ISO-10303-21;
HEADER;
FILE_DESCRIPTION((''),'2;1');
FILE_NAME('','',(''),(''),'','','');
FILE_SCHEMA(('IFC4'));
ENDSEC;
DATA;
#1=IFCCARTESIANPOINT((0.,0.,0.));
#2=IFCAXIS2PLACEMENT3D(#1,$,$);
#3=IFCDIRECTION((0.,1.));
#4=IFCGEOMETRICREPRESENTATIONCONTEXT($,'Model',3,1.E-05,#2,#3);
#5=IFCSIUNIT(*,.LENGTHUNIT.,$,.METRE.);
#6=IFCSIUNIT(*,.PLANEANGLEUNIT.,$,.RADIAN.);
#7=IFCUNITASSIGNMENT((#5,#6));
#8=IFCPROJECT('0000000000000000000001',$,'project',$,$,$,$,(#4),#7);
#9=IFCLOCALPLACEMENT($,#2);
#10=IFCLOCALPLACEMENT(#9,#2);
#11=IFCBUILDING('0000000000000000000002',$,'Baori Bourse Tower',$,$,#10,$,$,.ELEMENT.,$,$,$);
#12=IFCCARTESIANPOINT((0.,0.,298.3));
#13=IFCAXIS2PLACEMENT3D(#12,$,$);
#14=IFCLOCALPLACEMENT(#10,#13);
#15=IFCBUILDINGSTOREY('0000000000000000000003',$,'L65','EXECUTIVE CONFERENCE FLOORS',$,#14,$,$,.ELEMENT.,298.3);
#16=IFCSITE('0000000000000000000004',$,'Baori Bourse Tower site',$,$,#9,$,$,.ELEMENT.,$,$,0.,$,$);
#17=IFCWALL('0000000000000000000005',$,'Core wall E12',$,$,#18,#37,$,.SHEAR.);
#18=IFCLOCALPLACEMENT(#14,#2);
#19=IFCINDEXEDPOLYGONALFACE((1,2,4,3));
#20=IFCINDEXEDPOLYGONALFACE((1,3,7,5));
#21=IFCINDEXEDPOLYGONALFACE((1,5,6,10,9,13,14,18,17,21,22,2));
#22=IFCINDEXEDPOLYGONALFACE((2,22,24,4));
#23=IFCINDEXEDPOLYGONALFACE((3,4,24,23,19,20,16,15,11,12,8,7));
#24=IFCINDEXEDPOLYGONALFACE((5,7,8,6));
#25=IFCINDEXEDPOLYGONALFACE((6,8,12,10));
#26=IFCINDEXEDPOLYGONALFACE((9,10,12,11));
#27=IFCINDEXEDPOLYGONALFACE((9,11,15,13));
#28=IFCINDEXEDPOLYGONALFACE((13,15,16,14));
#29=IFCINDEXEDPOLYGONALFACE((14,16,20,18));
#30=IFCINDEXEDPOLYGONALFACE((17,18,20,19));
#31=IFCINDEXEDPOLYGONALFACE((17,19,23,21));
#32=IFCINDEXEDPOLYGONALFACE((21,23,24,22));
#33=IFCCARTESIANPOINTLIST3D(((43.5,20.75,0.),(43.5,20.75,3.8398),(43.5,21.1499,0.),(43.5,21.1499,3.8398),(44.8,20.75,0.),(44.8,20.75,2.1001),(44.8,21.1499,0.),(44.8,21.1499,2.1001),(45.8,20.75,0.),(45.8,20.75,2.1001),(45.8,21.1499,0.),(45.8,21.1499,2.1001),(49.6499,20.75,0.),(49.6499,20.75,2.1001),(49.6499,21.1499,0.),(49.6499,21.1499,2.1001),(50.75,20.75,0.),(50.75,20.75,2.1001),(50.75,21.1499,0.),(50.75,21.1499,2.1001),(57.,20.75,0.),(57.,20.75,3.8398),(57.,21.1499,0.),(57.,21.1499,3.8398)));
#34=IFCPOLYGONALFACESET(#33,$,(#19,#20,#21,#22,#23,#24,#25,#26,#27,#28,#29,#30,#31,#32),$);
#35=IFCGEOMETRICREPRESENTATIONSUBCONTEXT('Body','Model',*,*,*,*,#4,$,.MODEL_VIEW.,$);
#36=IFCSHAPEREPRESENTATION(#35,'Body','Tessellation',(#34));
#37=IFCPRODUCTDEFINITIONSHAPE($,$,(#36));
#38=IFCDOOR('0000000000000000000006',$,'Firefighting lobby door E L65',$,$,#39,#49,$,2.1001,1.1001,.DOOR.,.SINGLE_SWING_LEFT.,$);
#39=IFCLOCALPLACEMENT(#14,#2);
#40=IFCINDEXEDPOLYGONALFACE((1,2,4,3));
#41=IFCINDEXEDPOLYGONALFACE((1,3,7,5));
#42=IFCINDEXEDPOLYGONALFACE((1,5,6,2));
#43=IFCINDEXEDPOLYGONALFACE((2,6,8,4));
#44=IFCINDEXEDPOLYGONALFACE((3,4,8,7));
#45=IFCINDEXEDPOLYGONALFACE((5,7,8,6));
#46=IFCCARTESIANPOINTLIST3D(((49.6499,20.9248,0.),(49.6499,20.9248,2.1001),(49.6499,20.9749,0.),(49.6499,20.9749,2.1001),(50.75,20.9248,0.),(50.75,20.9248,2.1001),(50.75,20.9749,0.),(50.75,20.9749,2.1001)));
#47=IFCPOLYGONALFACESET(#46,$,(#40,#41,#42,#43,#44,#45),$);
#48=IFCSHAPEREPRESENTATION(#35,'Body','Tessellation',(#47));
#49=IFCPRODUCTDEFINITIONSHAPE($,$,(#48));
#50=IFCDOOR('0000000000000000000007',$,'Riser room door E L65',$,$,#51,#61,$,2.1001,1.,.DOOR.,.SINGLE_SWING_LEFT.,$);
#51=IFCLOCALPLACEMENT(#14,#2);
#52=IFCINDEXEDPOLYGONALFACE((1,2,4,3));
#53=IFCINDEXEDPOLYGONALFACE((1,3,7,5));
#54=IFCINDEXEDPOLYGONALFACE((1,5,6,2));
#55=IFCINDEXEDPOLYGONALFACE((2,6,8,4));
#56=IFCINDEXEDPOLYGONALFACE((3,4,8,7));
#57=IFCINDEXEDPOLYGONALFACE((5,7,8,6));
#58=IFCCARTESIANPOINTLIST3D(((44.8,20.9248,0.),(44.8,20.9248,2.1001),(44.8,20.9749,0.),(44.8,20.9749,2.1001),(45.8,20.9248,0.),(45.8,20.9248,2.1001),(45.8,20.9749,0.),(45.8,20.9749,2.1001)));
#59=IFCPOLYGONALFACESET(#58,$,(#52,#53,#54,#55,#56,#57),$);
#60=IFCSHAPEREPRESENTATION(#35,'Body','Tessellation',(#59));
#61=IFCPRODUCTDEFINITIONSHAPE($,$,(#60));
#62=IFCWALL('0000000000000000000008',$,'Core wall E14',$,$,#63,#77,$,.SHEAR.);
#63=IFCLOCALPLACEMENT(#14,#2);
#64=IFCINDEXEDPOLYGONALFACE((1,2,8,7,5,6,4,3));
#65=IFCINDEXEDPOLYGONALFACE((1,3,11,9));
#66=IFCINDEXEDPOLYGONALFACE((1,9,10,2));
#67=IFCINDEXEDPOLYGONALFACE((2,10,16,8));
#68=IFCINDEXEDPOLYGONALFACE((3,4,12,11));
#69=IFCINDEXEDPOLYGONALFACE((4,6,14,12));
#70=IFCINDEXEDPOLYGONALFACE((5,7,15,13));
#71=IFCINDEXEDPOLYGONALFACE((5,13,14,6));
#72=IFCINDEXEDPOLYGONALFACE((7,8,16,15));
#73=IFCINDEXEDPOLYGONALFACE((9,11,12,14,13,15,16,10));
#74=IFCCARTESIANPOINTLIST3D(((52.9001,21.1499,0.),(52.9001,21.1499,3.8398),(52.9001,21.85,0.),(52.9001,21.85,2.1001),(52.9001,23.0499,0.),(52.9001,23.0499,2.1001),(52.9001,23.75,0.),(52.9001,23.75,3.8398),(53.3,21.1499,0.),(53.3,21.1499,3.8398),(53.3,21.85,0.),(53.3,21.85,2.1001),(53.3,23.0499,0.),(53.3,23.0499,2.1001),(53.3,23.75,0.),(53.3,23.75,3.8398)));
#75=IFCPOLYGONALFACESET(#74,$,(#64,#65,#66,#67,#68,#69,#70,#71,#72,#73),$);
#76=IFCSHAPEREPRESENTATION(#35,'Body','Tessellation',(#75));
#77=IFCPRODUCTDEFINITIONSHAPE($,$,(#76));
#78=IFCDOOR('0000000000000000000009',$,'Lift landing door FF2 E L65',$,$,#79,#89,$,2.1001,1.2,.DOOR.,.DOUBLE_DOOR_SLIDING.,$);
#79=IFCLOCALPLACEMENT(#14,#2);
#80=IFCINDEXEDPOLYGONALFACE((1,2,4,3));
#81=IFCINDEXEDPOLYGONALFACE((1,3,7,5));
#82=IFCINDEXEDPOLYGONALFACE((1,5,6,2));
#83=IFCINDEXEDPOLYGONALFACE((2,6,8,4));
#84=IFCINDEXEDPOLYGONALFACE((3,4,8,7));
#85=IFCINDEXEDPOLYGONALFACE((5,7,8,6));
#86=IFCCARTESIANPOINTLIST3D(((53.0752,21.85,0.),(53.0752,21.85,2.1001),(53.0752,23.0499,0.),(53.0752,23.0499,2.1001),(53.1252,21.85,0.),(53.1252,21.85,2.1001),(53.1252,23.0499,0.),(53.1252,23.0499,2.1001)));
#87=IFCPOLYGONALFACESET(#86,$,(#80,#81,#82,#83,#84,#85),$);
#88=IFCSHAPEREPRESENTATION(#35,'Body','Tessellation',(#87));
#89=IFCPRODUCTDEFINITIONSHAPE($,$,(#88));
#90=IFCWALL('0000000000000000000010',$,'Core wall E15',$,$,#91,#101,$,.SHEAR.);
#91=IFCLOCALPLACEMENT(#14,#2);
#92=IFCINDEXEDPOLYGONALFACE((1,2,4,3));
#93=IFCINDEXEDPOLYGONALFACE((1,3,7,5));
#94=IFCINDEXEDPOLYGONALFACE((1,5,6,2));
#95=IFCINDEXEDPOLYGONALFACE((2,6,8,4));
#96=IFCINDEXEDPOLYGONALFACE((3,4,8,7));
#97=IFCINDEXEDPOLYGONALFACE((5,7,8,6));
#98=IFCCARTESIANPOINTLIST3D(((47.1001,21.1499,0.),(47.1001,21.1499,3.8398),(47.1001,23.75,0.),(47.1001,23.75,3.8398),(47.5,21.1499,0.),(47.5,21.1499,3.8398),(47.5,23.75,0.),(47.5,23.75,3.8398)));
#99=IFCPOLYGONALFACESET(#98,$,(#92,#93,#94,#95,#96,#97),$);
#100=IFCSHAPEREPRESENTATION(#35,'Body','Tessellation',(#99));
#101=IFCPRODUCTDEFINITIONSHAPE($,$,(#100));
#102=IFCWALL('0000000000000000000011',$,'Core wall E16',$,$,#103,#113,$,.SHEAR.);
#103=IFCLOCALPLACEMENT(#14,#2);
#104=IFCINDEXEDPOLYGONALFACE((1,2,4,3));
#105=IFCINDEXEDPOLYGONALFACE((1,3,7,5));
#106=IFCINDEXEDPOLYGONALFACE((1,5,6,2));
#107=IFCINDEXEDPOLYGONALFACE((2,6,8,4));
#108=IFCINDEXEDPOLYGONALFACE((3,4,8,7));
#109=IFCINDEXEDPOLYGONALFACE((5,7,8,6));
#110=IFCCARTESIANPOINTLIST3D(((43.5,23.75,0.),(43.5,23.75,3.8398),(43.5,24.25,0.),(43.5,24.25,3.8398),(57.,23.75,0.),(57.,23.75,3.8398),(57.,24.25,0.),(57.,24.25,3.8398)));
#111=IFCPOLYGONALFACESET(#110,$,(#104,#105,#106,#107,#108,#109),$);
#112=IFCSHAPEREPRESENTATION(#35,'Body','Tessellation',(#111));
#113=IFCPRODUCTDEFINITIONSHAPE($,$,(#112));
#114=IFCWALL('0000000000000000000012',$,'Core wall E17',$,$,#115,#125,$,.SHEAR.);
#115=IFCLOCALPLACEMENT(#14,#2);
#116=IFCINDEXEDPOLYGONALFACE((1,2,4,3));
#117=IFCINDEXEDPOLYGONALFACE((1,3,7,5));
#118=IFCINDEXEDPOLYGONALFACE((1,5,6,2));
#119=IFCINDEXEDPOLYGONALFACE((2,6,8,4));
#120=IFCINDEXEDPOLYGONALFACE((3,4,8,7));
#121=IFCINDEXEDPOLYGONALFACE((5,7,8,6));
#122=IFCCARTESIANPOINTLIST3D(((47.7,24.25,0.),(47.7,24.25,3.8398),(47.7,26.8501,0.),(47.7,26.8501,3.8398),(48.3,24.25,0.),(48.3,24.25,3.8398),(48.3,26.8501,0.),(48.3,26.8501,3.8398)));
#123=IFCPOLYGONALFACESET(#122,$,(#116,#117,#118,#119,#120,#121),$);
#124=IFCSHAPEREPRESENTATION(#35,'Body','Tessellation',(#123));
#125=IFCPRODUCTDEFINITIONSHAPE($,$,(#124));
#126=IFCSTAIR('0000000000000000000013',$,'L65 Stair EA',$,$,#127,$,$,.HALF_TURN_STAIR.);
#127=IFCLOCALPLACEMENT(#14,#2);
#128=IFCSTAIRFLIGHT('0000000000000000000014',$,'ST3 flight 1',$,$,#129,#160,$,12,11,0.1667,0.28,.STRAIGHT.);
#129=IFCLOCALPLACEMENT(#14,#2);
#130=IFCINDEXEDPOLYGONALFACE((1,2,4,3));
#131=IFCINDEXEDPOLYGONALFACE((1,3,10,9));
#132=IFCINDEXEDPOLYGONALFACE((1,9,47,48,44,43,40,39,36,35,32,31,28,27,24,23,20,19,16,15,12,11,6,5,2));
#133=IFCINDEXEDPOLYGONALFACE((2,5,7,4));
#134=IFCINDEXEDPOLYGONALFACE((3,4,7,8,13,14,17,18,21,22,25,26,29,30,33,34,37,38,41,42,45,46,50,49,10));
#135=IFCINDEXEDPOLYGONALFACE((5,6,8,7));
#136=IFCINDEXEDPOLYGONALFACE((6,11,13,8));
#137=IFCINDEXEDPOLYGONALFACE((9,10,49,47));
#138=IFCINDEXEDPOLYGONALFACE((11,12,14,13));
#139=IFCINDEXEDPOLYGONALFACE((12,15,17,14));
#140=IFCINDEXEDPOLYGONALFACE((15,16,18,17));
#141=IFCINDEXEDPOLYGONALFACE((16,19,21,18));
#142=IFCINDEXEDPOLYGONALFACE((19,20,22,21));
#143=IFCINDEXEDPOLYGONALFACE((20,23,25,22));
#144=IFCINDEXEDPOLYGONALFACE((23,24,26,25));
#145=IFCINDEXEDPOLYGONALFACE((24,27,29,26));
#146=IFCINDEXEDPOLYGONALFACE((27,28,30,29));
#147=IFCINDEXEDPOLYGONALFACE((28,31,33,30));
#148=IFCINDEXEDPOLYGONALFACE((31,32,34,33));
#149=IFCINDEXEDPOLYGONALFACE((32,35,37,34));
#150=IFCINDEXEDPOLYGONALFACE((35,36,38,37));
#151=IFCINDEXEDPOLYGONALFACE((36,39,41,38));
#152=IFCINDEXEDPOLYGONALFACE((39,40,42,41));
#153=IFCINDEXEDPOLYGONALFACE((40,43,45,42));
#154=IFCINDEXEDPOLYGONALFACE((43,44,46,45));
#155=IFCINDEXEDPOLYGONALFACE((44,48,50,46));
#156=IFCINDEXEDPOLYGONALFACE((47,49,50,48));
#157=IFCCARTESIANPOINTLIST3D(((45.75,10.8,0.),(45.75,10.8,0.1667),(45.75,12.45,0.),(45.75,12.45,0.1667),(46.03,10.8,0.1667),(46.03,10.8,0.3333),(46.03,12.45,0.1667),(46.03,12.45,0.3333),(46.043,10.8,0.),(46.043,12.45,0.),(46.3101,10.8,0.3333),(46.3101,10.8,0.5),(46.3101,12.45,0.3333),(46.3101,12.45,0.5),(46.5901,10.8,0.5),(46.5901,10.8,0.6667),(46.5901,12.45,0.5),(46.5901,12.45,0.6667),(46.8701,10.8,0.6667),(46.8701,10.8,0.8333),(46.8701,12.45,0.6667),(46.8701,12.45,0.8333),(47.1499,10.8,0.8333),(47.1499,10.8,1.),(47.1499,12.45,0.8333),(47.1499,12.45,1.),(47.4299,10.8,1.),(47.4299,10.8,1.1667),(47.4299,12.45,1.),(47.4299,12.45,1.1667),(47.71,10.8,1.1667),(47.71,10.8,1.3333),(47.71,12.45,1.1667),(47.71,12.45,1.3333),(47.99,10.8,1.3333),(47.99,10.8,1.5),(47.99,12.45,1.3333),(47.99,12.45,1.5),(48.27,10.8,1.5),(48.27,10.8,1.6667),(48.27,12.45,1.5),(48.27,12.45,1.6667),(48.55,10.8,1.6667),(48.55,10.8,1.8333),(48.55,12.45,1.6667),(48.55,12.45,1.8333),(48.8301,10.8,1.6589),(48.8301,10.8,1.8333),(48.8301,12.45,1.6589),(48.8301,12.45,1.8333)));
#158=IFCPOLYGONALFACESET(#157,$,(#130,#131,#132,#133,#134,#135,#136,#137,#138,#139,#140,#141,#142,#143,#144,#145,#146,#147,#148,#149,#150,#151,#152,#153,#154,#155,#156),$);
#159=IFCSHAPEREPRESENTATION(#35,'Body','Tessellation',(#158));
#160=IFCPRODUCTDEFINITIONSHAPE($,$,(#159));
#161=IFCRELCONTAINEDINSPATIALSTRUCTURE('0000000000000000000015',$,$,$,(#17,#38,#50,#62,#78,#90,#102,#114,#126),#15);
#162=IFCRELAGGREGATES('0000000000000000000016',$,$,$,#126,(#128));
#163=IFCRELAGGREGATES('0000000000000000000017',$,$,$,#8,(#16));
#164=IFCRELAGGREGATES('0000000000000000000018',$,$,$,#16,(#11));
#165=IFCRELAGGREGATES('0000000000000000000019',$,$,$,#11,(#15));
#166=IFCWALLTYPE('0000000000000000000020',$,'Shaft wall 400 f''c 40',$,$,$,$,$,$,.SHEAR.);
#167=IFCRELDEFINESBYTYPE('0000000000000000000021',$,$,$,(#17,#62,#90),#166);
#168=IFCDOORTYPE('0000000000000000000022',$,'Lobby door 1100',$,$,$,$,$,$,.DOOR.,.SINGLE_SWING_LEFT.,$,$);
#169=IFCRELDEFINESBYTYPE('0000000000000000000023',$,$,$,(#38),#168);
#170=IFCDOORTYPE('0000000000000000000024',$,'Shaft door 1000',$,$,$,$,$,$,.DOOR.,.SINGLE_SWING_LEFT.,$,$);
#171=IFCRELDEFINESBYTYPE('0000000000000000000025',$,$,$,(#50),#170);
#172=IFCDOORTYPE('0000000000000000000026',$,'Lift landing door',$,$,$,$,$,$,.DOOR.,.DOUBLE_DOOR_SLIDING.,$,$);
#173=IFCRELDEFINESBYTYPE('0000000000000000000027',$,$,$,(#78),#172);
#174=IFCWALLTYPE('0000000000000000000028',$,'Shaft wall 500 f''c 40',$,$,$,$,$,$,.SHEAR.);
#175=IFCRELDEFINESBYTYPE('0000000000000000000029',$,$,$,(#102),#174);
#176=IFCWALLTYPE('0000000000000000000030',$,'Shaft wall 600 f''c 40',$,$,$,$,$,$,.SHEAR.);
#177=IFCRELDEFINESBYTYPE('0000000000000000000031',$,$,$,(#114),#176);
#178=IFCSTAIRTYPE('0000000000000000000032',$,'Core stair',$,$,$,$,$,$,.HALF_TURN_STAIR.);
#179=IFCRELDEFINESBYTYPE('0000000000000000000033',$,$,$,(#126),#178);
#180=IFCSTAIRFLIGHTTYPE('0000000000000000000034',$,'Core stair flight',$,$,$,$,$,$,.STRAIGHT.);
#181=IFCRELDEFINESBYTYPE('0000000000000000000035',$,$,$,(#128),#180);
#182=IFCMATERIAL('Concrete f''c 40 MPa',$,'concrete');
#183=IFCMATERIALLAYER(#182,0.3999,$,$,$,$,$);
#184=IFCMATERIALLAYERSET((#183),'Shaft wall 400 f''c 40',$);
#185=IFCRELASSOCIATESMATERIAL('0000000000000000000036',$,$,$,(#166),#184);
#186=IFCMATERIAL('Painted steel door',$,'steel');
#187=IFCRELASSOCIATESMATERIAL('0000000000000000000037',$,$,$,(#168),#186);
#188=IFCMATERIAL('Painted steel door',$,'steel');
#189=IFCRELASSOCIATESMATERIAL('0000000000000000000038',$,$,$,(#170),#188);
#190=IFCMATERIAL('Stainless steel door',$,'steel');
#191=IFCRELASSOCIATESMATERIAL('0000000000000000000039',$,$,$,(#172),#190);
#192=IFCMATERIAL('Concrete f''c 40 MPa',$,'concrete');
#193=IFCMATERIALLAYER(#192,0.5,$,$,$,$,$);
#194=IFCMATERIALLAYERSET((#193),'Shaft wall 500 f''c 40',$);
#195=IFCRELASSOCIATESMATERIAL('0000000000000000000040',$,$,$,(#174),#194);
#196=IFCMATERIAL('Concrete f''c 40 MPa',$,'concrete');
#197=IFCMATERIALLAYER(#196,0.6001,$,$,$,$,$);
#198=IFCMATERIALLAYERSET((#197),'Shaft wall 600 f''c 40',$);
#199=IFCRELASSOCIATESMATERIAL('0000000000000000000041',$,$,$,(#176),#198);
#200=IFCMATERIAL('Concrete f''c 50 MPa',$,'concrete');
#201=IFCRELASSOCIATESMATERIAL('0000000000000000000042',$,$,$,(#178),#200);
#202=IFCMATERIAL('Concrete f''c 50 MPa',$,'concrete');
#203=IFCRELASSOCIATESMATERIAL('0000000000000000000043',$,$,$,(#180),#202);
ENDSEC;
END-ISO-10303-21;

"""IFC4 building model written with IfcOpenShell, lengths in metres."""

from ifc_helpers import new_model, si_unit, direction, frame, frame_2d, origin, place, context, subcontext, project, spatial, polyline, rectangle, outline, extrude, material, layer, layer_set, type_object, element, fill, aggregate, save


model = new_model("IFC4")

# Units and contexts
model_context = context("Model", 3, precision=1e-05, world=origin(), true_north=direction((0.0, 1.0)))
body_context = subcontext(model_context, "Body", "Model", "MODEL_VIEW")
ifc_project = project(units=[si_unit("LENGTHUNIT", "METRE"), si_unit("PLANEANGLEUNIT", "RADIAN")], contexts=[model_context])

# Site, building, storey
site_placement = place(None, origin())
site = spatial("IfcSite", under=ifc_project, at=site_placement, Name="Baori Bourse Tower site", CompositionType="ELEMENT", RefElevation=0.0)
building_placement = place(site_placement, origin())
building = spatial("IfcBuilding", under=site, at=building_placement, Name="Baori Bourse Tower", CompositionType="ELEMENT")
storey_placement = place(building_placement, frame((0.0, 0.0, 298.3)))
storey = spatial("IfcBuildingStorey", under=building, at=storey_placement, Name="L65", Description="EXECUTIVE CONFERENCE FLOORS", CompositionType="ELEMENT", Elevation=298.3)

# Shared definitions
ifc_material_1 = material(Name="Concrete f'c 40 MPa", Category="concrete")
ifc_layer_1 = layer(ifc_material_1, 0.3999)
ifc_layer_set_1 = layer_set([ifc_layer_1], Name="Shaft wall 400 f'c 40")
wall_type_1 = type_object("IfcWallType", Name="Shaft wall 400 f'c 40", PredefinedType="SHEAR", material=ifc_layer_set_1)

# Wall, openings, doors
wall_1_placement = place(storey_placement, frame((43.5, 20.95, 0.0), z_axis=(0.0, 0.0, 1.0), x_axis=(1.0, 0.0, 0.0)))
wall_1 = element("IfcWall", 1, at=wall_1_placement, inside=storey, type_object=wall_type_1, Name="Core wall E12", PredefinedType="SHEAR", context=body_context, shape_type="SweptSolid", body=[
    extrude(rectangle(XDim=13.5, YDim=0.3999, at=frame_2d((6.75, 0.0))), origin(), (0.0, 0.0, 1.0), 3.8398),
])
opening_1_placement = place(wall_1_placement, frame((6.1499, 0.0, 0.0)))
opening_1 = element("IfcOpeningElement", 2, at=opening_1_placement, cuts=wall_1, PredefinedType="OPENING", context=body_context, shape_type="SweptSolid", body=[
    extrude(rectangle(XDim=1.1001, YDim=2.1001, at=frame_2d((0.55, 1.05))), frame((0.0, 0.21, 0.0), z_axis=(0.0, -1.0, 0.0), x_axis=(1.0, 0.0, 0.0)), (0.0, 0.0, 1.0), 0.4199),
])
opening_2_placement = place(wall_1_placement, frame((1.3, 0.0, 0.0)))
opening_2 = element("IfcOpeningElement", 3, at=opening_2_placement, cuts=wall_1, PredefinedType="OPENING", context=body_context, shape_type="SweptSolid", body=[
    extrude(rectangle(XDim=1.0, YDim=2.1001, at=frame_2d((0.5, 1.05))), frame((0.0, 0.21, 0.0), z_axis=(0.0, -1.0, 0.0), x_axis=(1.0, 0.0, 0.0)), (0.0, 0.0, 1.0), 0.4199),
])
ifc_material_2 = material(Name="Painted steel door", Category="steel")
door_type_1 = type_object("IfcDoorType", Name="Lobby door 1100", OperationType="SINGLE_SWING_LEFT", PredefinedType="DOOR", material=ifc_material_2)
door_1_placement = place(opening_1_placement, origin())
door_1 = element("IfcDoor", 4, at=door_1_placement, inside=storey, type_object=door_type_1, Name="Firefighting lobby door E L65", OperationType="SINGLE_SWING_LEFT", OverallHeight=2.1001, OverallWidth=1.1001, PredefinedType="DOOR", context=body_context, shape_type="SweptSolid", body=[
    extrude(rectangle(XDim=1.1001, YDim=2.1001, at=frame_2d((0.55, 1.05))), frame((0.0, 0.0249, 0.0), z_axis=(0.0, -1.0, 0.0), x_axis=(1.0, 0.0, 0.0)), (0.0, 0.0, 1.0), 0.05),
])
fill(opening_1, door_1)
ifc_material_3 = material(Name="Painted steel door", Category="steel")
door_type_2 = type_object("IfcDoorType", Name="Shaft door 1000", OperationType="SINGLE_SWING_LEFT", PredefinedType="DOOR", material=ifc_material_3)
door_2_placement = place(opening_2_placement, origin())
door_2 = element("IfcDoor", 5, at=door_2_placement, inside=storey, type_object=door_type_2, Name="Riser room door E L65", OperationType="SINGLE_SWING_LEFT", OverallHeight=2.1001, OverallWidth=1.0, PredefinedType="DOOR", context=body_context, shape_type="SweptSolid", body=[
    extrude(rectangle(XDim=1.0, YDim=2.1001, at=frame_2d((0.5, 1.05))), frame((0.0, 0.0249, 0.0), z_axis=(0.0, -1.0, 0.0), x_axis=(1.0, 0.0, 0.0)), (0.0, 0.0, 1.0), 0.05),
])
fill(opening_2, door_2)

# Wall, opening, door
wall_2_placement = place(storey_placement, frame((53.1001, 21.1499, 0.0), z_axis=(0.0, 0.0, 1.0), x_axis=(0.0, 1.0, 0.0)))
wall_2 = element("IfcWall", 6, at=wall_2_placement, inside=storey, type_object=wall_type_1, Name="Core wall E14", PredefinedType="SHEAR", context=body_context, shape_type="SweptSolid", body=[
    extrude(rectangle(XDim=2.6001, YDim=0.3999, at=frame_2d((1.3, 0.0))), origin(), (0.0, 0.0, 1.0), 3.8398),
])
opening_3_placement = place(wall_2_placement, frame((0.7, 0.0, 0.0)))
opening_3 = element("IfcOpeningElement", 7, at=opening_3_placement, cuts=wall_2, PredefinedType="OPENING", context=body_context, shape_type="SweptSolid", body=[
    extrude(rectangle(XDim=1.2, YDim=2.1001, at=frame_2d((0.6001, 1.05))), frame((0.0, 0.21, 0.0), z_axis=(0.0, -1.0, 0.0), x_axis=(1.0, 0.0, 0.0)), (0.0, 0.0, 1.0), 0.4199),
])
ifc_material_4 = material(Name="Stainless steel door", Category="steel")
door_type_3 = type_object("IfcDoorType", Name="Lift landing door", OperationType="DOUBLE_DOOR_SLIDING", PredefinedType="DOOR", material=ifc_material_4)
door_3_placement = place(opening_3_placement, origin())
door_3 = element("IfcDoor", 8, at=door_3_placement, inside=storey, type_object=door_type_3, Name="Lift landing door FF2 E L65", OperationType="DOUBLE_DOOR_SLIDING", OverallHeight=2.1001, OverallWidth=1.2, PredefinedType="DOOR", context=body_context, shape_type="SweptSolid", body=[
    extrude(rectangle(XDim=1.2, YDim=2.1001, at=frame_2d((0.6001, 1.05))), frame((0.0, 0.0249, 0.0), z_axis=(0.0, -1.0, 0.0), x_axis=(1.0, 0.0, 0.0)), (0.0, 0.0, 1.0), 0.05),
])
fill(opening_3, door_3)

# Walls
wall_3_placement = place(storey_placement, frame((47.3, 21.1499, 0.0), z_axis=(0.0, 0.0, 1.0), x_axis=(0.0, 1.0, 0.0)))
element("IfcWall", 9, at=wall_3_placement, inside=storey, type_object=wall_type_1, Name="Core wall E15", PredefinedType="SHEAR", context=body_context, shape_type="SweptSolid", body=[
    extrude(rectangle(XDim=2.6001, YDim=0.3999, at=frame_2d((1.3, 0.0))), origin(), (0.0, 0.0, 1.0), 3.8398),
])
ifc_material_5 = material(Name="Concrete f'c 40 MPa", Category="concrete")
ifc_layer_2 = layer(ifc_material_5, 0.5)
ifc_layer_set_2 = layer_set([ifc_layer_2], Name="Shaft wall 500 f'c 40")
wall_type_2 = type_object("IfcWallType", Name="Shaft wall 500 f'c 40", PredefinedType="SHEAR", material=ifc_layer_set_2)
wall_4_placement = place(storey_placement, frame((43.5, 24.0, 0.0), z_axis=(0.0, 0.0, 1.0), x_axis=(1.0, 0.0, 0.0)))
element("IfcWall", 10, at=wall_4_placement, inside=storey, type_object=wall_type_2, Name="Core wall E16", PredefinedType="SHEAR", context=body_context, shape_type="SweptSolid", body=[
    extrude(rectangle(XDim=13.5, YDim=0.5, at=frame_2d((6.75, 0.0))), origin(), (0.0, 0.0, 1.0), 3.8398),
])
ifc_material_6 = material(Name="Concrete f'c 40 MPa", Category="concrete")
ifc_layer_3 = layer(ifc_material_6, 0.6001)
ifc_layer_set_3 = layer_set([ifc_layer_3], Name="Shaft wall 600 f'c 40")
wall_type_3 = type_object("IfcWallType", Name="Shaft wall 600 f'c 40", PredefinedType="SHEAR", material=ifc_layer_set_3)
wall_5_placement = place(storey_placement, frame((48.0, 24.25, 0.0), z_axis=(0.0, 0.0, 1.0), x_axis=(0.0, 1.0, 0.0)))
element("IfcWall", 11, at=wall_5_placement, inside=storey, type_object=wall_type_3, Name="Core wall E17", PredefinedType="SHEAR", context=body_context, shape_type="SweptSolid", body=[
    extrude(rectangle(XDim=2.6001, YDim=0.6001, at=frame_2d((1.3, 0.0))), origin(), (0.0, 0.0, 1.0), 3.8398),
])

# Stair, stair flight
ifc_material_7 = material(Name="Concrete f'c 50 MPa", Category="concrete")
stair_type = type_object("IfcStairType", Name="Core stair", PredefinedType="HALF_TURN_STAIR", material=ifc_material_7)
stair_placement = place(storey_placement, origin())
stair = element("IfcStair", 12, at=stair_placement, inside=storey, type_object=stair_type, Name="L65 Stair EA", PredefinedType="HALF_TURN_STAIR")
ifc_material_8 = material(Name="Concrete f'c 50 MPa", Category="concrete")
stair_flight_type = type_object("IfcStairFlightType", Name="Core stair flight", PredefinedType="STRAIGHT", material=ifc_material_8)
stair_flight_1_placement = place(storey_placement, frame((45.75, 11.625, 0.0), z_axis=(0.0, 0.0, 1.0), x_axis=(1.0, 0.0, 0.0)))
stair_flight_1 = element("IfcStairFlight", 13, at=stair_flight_1_placement, type_object=stair_flight_type, Name="ST3 flight 1", NumberOfRisers=12, NumberOfTreads=11, PredefinedType="STRAIGHT", RiserHeight=0.1667, TreadLength=0.28, context=body_context, shape_type="SweptSolid", body=[
    extrude(outline(polyline([(0.0, 0.0), (0.0, 0.1667), (0.28, 0.1667), (0.28, 0.3333), (0.5601, 0.3333), (0.5601, 0.5), (0.8401, 0.5), (0.8401, 0.6667), (1.1201, 0.6667), (1.1201, 0.8333), (1.3999, 0.8333), (1.3999, 1.0), (1.6799, 1.0), (1.6799, 1.1667), (1.96, 1.1667), (1.96, 1.3333), (2.24, 1.3333), (2.24, 1.5), (2.52, 1.5), (2.52, 1.6667), (2.8, 1.6667), (2.8, 1.8333), (3.0801, 1.8333), (3.0801, 2.0), (3.0801, 1.6589), (0.293, 0.0), (0.0, 0.0)])), frame((0.0, 0.825, 0.0), z_axis=(0.0, -1.0, 0.0), x_axis=(1.0, 0.0, 0.0)), (0.0, 0.0, 1.0), 1.6499),
])
aggregate(stair, [stair_flight_1])

save(model, "model.ifc")
